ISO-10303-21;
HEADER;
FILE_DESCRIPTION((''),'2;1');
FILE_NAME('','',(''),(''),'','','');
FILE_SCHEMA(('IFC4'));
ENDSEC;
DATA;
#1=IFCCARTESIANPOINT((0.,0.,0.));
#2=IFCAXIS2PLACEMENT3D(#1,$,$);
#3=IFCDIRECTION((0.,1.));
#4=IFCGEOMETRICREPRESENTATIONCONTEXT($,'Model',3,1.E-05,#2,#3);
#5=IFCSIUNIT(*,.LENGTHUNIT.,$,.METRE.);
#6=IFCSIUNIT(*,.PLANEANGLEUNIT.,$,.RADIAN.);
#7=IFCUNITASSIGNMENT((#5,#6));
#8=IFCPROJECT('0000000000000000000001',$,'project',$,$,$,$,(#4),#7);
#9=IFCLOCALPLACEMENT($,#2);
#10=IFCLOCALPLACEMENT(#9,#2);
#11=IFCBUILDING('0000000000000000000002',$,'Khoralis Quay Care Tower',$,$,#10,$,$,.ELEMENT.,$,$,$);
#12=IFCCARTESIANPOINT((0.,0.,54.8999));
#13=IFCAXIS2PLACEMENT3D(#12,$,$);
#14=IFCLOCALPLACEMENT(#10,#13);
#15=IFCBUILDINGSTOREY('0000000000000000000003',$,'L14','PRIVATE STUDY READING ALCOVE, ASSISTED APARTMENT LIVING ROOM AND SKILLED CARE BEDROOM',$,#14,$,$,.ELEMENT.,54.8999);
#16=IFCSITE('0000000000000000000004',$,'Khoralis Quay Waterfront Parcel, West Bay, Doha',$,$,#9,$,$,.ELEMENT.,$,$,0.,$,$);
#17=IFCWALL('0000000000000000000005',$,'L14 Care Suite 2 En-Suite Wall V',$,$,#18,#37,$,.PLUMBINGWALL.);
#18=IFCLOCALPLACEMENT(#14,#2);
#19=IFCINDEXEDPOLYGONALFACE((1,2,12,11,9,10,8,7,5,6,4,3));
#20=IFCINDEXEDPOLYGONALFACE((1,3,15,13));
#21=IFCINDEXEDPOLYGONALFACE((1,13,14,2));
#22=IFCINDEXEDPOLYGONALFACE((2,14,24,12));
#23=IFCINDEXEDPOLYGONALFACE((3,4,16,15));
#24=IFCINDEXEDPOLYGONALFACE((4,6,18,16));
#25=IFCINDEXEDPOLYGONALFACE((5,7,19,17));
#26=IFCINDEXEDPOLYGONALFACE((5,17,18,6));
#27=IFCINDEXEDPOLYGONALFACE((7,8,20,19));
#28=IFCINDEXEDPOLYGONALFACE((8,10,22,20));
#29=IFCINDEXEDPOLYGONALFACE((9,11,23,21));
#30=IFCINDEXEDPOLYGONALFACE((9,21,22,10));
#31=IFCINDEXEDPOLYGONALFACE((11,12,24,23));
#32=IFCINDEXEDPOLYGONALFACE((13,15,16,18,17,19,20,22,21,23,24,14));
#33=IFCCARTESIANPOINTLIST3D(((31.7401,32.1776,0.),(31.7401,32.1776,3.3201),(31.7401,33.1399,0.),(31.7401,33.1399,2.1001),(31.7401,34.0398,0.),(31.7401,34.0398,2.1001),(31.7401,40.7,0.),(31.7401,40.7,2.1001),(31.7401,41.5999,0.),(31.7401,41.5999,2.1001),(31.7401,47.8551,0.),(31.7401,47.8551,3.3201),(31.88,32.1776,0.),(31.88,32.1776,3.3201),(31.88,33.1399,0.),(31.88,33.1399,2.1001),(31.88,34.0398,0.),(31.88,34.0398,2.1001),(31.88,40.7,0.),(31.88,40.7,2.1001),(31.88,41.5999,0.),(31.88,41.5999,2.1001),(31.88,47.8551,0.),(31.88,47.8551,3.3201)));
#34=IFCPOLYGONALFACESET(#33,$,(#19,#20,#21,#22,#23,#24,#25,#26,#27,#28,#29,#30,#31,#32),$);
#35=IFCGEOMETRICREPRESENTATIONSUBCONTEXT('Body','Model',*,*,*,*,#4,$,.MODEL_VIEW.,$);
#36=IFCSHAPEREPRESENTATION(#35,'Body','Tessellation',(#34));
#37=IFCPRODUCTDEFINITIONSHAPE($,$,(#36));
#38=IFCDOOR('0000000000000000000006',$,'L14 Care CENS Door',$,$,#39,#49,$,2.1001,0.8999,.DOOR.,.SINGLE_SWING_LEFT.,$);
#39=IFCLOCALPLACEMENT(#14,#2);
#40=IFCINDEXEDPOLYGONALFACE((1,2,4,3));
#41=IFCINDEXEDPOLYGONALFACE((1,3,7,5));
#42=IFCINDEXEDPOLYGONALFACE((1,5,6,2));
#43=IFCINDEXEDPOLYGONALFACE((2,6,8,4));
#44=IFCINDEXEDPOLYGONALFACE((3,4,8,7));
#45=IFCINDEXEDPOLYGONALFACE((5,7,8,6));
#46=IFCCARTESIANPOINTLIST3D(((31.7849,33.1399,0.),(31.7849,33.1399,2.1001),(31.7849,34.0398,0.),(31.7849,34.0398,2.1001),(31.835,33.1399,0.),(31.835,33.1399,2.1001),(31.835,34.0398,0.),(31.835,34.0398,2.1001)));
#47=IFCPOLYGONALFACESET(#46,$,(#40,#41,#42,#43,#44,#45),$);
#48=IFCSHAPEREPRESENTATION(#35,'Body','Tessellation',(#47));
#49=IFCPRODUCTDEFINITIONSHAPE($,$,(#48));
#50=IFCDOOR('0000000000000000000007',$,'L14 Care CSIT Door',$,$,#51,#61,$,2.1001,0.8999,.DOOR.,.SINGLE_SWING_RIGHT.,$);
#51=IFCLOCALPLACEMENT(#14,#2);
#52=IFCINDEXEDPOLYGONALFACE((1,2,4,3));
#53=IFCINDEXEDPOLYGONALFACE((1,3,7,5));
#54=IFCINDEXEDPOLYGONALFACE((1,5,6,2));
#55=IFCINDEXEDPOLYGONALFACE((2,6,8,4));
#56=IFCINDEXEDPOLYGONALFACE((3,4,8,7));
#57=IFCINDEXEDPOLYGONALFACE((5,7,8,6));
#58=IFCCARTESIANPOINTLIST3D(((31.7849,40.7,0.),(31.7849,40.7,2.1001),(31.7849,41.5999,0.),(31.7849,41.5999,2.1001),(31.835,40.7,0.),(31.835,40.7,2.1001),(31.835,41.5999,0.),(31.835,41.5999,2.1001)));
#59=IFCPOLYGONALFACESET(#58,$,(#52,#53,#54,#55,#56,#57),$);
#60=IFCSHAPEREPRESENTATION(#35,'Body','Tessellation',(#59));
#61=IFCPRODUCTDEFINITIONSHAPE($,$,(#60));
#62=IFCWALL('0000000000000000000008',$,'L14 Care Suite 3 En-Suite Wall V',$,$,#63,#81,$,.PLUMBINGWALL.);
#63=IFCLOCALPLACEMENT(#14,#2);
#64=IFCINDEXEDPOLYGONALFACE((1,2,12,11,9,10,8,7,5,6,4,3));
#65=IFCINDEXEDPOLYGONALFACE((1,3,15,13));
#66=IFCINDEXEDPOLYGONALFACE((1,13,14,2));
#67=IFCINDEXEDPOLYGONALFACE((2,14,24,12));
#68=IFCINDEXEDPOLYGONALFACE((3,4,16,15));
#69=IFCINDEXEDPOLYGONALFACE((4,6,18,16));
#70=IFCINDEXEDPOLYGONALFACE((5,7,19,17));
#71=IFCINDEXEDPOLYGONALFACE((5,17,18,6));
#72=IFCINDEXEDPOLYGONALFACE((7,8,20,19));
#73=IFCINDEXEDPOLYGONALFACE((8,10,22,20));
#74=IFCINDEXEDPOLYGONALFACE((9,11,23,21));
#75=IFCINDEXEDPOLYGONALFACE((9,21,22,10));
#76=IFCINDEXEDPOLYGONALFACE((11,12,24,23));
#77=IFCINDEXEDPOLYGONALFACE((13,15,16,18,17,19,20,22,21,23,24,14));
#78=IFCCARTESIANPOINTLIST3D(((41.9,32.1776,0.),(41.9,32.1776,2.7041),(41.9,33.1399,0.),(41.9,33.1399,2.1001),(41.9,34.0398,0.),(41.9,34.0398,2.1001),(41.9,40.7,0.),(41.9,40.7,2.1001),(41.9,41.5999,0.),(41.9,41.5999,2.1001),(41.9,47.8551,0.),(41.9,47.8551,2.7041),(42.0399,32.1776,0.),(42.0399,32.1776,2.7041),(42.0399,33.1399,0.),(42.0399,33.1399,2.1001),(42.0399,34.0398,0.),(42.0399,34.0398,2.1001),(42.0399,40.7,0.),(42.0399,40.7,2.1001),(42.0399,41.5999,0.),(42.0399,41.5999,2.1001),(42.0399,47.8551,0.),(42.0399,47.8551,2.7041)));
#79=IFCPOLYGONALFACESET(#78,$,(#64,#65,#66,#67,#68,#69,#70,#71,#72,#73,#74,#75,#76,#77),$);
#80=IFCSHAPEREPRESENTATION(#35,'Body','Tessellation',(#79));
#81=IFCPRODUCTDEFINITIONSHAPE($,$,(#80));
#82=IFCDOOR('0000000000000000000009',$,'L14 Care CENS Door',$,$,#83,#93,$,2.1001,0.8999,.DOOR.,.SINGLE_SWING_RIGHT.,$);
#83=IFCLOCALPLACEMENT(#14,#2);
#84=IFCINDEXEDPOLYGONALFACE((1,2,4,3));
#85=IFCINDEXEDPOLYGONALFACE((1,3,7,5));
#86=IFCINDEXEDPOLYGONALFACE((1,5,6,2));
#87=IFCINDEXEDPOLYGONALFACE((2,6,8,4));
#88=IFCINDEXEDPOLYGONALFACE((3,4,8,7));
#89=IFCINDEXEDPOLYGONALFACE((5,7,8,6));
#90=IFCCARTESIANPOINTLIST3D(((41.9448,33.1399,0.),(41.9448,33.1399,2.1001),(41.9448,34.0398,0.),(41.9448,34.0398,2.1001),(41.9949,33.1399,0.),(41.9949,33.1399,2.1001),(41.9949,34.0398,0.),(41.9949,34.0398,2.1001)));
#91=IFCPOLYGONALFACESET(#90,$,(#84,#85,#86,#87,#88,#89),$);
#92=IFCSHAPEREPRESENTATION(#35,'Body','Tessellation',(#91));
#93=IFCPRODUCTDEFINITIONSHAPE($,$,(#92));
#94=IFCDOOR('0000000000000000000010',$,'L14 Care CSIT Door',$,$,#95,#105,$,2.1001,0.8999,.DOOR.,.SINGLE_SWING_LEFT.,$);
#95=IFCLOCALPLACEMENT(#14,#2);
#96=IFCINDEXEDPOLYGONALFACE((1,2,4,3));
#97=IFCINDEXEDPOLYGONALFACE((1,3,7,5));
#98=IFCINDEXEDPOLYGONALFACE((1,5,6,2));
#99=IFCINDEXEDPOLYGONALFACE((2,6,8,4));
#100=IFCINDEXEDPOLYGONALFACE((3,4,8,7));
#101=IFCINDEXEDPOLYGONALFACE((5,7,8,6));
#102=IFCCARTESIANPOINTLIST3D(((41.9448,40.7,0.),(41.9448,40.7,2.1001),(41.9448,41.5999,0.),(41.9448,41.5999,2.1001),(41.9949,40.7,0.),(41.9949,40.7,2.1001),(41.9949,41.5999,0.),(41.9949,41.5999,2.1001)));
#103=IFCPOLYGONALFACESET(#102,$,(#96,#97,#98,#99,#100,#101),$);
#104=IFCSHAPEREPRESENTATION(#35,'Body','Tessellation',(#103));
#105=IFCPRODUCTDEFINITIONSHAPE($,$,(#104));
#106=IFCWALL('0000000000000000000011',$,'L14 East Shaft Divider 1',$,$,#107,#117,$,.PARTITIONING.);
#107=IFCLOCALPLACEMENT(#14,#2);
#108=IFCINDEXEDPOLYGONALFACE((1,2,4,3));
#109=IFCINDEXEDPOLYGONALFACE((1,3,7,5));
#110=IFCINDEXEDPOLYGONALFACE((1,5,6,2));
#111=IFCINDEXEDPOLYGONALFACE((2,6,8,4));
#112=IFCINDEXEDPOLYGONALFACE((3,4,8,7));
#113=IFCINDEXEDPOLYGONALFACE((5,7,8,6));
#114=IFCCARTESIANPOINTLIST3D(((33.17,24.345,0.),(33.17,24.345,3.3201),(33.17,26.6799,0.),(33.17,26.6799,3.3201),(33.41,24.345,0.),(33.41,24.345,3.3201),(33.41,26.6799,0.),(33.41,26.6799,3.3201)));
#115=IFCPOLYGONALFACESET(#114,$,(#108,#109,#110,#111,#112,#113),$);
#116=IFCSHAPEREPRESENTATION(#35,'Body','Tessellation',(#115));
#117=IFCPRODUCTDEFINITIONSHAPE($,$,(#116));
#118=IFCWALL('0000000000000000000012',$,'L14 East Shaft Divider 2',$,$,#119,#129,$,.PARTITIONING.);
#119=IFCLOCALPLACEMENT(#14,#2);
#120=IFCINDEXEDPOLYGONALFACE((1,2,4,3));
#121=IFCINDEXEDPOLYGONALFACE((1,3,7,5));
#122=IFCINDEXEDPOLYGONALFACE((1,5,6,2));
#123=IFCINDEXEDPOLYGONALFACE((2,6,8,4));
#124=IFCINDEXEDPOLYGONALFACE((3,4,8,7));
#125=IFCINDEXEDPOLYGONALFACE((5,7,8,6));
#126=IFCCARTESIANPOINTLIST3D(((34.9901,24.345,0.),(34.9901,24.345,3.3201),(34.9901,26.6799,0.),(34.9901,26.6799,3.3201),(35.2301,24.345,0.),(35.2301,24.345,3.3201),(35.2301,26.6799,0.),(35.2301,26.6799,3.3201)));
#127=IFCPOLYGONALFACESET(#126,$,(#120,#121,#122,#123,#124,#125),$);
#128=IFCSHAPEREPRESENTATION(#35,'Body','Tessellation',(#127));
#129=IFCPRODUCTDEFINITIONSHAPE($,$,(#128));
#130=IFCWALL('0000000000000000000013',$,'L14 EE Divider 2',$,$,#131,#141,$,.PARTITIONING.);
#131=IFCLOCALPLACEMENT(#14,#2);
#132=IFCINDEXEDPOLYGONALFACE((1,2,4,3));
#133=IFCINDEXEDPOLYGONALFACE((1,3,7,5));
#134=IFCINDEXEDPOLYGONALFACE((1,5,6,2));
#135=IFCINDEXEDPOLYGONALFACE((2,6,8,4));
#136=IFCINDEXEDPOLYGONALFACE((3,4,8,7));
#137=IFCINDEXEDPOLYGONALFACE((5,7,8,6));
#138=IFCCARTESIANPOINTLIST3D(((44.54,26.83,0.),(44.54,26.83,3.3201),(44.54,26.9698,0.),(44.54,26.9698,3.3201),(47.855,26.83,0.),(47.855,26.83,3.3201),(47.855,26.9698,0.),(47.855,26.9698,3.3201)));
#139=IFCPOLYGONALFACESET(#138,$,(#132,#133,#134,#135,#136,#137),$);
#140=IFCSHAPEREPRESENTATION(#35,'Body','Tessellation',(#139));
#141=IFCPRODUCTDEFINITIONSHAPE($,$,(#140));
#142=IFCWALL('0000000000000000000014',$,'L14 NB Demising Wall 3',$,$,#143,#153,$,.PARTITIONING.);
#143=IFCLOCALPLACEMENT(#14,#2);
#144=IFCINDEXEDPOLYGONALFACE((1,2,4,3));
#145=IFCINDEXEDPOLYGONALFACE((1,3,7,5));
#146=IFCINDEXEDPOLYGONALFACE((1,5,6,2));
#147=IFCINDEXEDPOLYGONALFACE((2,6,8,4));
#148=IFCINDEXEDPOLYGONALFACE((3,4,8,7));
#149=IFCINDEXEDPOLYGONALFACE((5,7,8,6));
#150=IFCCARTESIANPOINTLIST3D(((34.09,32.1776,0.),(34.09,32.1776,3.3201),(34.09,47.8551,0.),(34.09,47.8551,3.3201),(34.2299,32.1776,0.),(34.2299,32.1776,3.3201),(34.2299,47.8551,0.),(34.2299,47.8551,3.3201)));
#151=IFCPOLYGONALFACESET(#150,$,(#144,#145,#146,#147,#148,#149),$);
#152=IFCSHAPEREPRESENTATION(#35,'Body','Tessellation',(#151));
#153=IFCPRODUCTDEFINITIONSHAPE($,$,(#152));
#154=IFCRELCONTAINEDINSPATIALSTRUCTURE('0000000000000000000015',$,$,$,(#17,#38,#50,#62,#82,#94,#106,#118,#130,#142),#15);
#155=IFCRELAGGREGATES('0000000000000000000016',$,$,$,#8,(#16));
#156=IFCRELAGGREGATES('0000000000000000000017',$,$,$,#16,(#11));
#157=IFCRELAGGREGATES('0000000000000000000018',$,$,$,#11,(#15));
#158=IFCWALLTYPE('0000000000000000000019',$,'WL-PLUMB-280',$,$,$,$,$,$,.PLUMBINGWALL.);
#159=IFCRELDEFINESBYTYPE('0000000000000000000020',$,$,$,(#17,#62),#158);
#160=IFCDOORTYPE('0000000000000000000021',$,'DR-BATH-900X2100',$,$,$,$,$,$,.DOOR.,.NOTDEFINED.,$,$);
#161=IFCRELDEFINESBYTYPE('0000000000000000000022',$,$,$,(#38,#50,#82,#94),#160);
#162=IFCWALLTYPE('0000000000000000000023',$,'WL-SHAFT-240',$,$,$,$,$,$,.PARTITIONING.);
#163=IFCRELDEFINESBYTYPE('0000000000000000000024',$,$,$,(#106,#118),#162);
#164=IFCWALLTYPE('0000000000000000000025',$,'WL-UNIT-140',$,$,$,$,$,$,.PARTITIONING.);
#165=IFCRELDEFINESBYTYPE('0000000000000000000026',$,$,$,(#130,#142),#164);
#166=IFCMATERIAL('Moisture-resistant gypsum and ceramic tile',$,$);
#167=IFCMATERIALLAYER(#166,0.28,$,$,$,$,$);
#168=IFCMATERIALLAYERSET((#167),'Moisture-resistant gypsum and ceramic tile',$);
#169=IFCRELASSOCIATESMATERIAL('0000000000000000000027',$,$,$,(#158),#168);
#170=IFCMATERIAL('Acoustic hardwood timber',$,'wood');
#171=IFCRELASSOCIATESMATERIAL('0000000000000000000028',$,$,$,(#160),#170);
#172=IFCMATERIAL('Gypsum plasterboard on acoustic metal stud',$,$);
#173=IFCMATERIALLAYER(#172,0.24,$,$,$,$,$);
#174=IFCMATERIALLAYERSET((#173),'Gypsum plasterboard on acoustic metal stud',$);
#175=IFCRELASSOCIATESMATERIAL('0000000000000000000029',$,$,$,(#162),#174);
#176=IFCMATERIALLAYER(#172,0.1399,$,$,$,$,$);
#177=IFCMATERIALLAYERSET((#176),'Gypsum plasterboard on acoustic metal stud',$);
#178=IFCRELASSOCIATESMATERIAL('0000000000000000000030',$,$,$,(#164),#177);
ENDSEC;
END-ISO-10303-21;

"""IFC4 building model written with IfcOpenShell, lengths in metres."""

from ifc_helpers import new_model, si_unit, direction, frame, frame_2d, origin, place, context, subcontext, project, spatial, rectangle, extrude, source, transform, mapped, material, layer, layer_set, type_object, element, fill, save


model = new_model("IFC4")

# Units and contexts
model_context = context("Model", 3, precision=1e-05, world=origin(), true_north=direction((0.0, 1.0)))
body_context = subcontext(model_context, "Body", "Model", "MODEL_VIEW")
ifc_project = project(units=[si_unit("LENGTHUNIT", "METRE"), si_unit("PLANEANGLEUNIT", "RADIAN")], contexts=[model_context])

# Site, building, storey
site_placement = place(None, origin())
site = spatial("IfcSite", under=ifc_project, at=site_placement, Name="Khoralis Quay Waterfront Parcel, West Bay, Doha", CompositionType="ELEMENT", RefElevation=0.0)
building_placement = place(site_placement, origin())
building = spatial("IfcBuilding", under=site, at=building_placement, Name="Khoralis Quay Care Tower", CompositionType="ELEMENT")
storey_placement = place(building_placement, frame((0.0, 0.0, 54.8999)))
storey = spatial("IfcBuildingStorey", under=building, at=storey_placement, Name="L14", Description="PRIVATE STUDY READING ALCOVE, ASSISTED APARTMENT LIVING ROOM AND SKILLED CARE BEDROOM", CompositionType="ELEMENT", Elevation=54.8999)

# Shared definitions
ifc_material_1 = material(Name="Gypsum plasterboard on acoustic metal stud")

# Walls, openings, doors
ifc_material_2 = material(Name="Moisture-resistant gypsum and ceramic tile")
ifc_layer_1 = layer(ifc_material_2, 0.28)
ifc_layer_set_1 = layer_set([ifc_layer_1], Name="Moisture-resistant gypsum and ceramic tile")
wall_type_1 = type_object("IfcWallType", Name="WL-PLUMB-280", PredefinedType="PLUMBINGWALL", material=ifc_layer_set_1)
wall_1_placement = place(storey_placement, frame((31.8101, 32.1775, 0.0), z_axis=(0.0, 0.0, 1.0), x_axis=(0.0, 1.0, 0.0)))
wall_1 = element("IfcWall", 1, at=wall_1_placement, inside=storey, type_object=wall_type_1, Name="L14 Care Suite 2 En-Suite Wall V", PredefinedType="PLUMBINGWALL", context=body_context, shape_type="SweptSolid", body=[
    extrude(rectangle(XDim=15.6775, YDim=0.1399, at=frame_2d((7.8389, 0.0))), origin(), (0.0, 0.0, 1.0), 3.3201),
])
opening_1_placement = place(wall_1_placement, frame((0.9624, 0.0, 0.0)))
opening_1 = element("IfcOpeningElement", 2, at=opening_1_placement, cuts=wall_1, PredefinedType="OPENING", context=body_context, shape_type="SweptSolid", body=[
    extrude(rectangle(XDim=0.8999, YDim=2.1001, at=frame_2d((0.45, 1.05))), frame((0.0, 0.0801, 0.0), z_axis=(0.0, -1.0, 0.0), x_axis=(1.0, 0.0, 0.0)), (0.0, 0.0, 1.0), 0.1599),
])
opening_2_placement = place(wall_1_placement, frame((8.5225, 0.0, 0.0)))
opening_2 = element("IfcOpeningElement", 3, at=opening_2_placement, cuts=wall_1, PredefinedType="OPENING", context=body_context, shape_type="SweptSolid", body=[
    extrude(rectangle(XDim=0.8999, YDim=2.1001, at=frame_2d((0.45, 1.05))), frame((0.0, 0.0801, 0.0), z_axis=(0.0, -1.0, 0.0), x_axis=(1.0, 0.0, 0.0)), (0.0, 0.0, 1.0), 0.1599),
])
ifc_material_3 = material(Name="Acoustic hardwood timber", Category="wood")
door_type = type_object("IfcDoorType", Name="DR-BATH-900X2100", OperationType="NOTDEFINED", PredefinedType="DOOR", material=ifc_material_3)
shared_shape_1 = source(origin(), body_context, "Body", "SweptSolid", [
    extrude(rectangle(XDim=0.8999, YDim=2.1001, at=frame_2d((0.45, 1.05))), frame((0.0, 0.0249, 0.0), z_axis=(0.0, -1.0, 0.0), x_axis=(1.0, 0.0, 0.0)), (0.0, 0.0, 1.0), 0.05),
])
door_1_placement = place(opening_1_placement, frame((0.8999, 0.0, 0.0), z_axis=(0.0, 0.0, 1.0), x_axis=(-1.0, 0.0, 0.0)))
door_1 = element("IfcDoor", 4, at=door_1_placement, inside=storey, type_object=door_type, Name="L14 Care CENS Door", OperationType="SINGLE_SWING_LEFT", OverallHeight=2.1001, OverallWidth=0.8999, PredefinedType="DOOR", context=body_context, shape_type="MappedRepresentation", body=[
    mapped(shared_shape_1, transform((0.0, 0.0, 0.0), scale=1.0)),
])
fill(opening_1, door_1)
door_2_placement = place(opening_2_placement, frame((0.8999, 0.0, 0.0), z_axis=(0.0, 0.0, 1.0), x_axis=(-1.0, 0.0, 0.0)))
door_2 = element("IfcDoor", 5, at=door_2_placement, inside=storey, type_object=door_type, Name="L14 Care CSIT Door", OperationType="SINGLE_SWING_RIGHT", OverallHeight=2.1001, OverallWidth=0.8999, PredefinedType="DOOR", context=body_context, shape_type="MappedRepresentation", body=[
    mapped(shared_shape_1, transform((0.0, 0.0, 0.0), scale=1.0)),
])
fill(opening_2, door_2)
wall_2_placement = place(storey_placement, frame((41.97, 32.1775, 0.0), z_axis=(0.0, 0.0, 1.0), x_axis=(0.0, 1.0, 0.0)))
wall_2 = element("IfcWall", 6, at=wall_2_placement, inside=storey, type_object=wall_type_1, Name="L14 Care Suite 3 En-Suite Wall V", PredefinedType="PLUMBINGWALL", context=body_context, shape_type="SweptSolid", body=[
    extrude(rectangle(XDim=15.6775, YDim=0.1399, at=frame_2d((7.8389, 0.0))), origin(), (0.0, 0.0, 1.0), 2.7041),
])
opening_3_placement = place(wall_2_placement, frame((0.9624, 0.0, 0.0)))
opening_3 = element("IfcOpeningElement", 7, at=opening_3_placement, cuts=wall_2, PredefinedType="OPENING", context=body_context, shape_type="SweptSolid", body=[
    extrude(rectangle(XDim=0.8999, YDim=2.1001, at=frame_2d((0.45, 1.05))), frame((0.0, 0.0801, 0.0), z_axis=(0.0, -1.0, 0.0), x_axis=(1.0, 0.0, 0.0)), (0.0, 0.0, 1.0), 0.1599),
])
opening_4_placement = place(wall_2_placement, frame((8.5225, 0.0, 0.0)))
opening_4 = element("IfcOpeningElement", 8, at=opening_4_placement, cuts=wall_2, PredefinedType="OPENING", context=body_context, shape_type="SweptSolid", body=[
    extrude(rectangle(XDim=0.8999, YDim=2.1001, at=frame_2d((0.45, 1.05))), frame((0.0, 0.0801, 0.0), z_axis=(0.0, -1.0, 0.0), x_axis=(1.0, 0.0, 0.0)), (0.0, 0.0, 1.0), 0.1599),
])
door_3_placement = place(opening_3_placement, frame((0.8999, 0.0, 0.0), z_axis=(0.0, 0.0, 1.0), x_axis=(-1.0, 0.0, 0.0)))
door_3 = element("IfcDoor", 9, at=door_3_placement, inside=storey, type_object=door_type, Name="L14 Care CENS Door", OperationType="SINGLE_SWING_RIGHT", OverallHeight=2.1001, OverallWidth=0.8999, PredefinedType="DOOR", context=body_context, shape_type="MappedRepresentation", body=[
    mapped(shared_shape_1, transform((0.0, 0.0, 0.0), scale=1.0)),
])
fill(opening_3, door_3)
door_4_placement = place(opening_4_placement, frame((0.8999, 0.0, 0.0), z_axis=(0.0, 0.0, 1.0), x_axis=(-1.0, 0.0, 0.0)))
door_4 = element("IfcDoor", 10, at=door_4_placement, inside=storey, type_object=door_type, Name="L14 Care CSIT Door", OperationType="SINGLE_SWING_LEFT", OverallHeight=2.1001, OverallWidth=0.8999, PredefinedType="DOOR", context=body_context, shape_type="MappedRepresentation", body=[
    mapped(shared_shape_1, transform((0.0, 0.0, 0.0), scale=1.0)),
])
fill(opening_4, door_4)

# Walls
ifc_layer_2 = layer(ifc_material_1, 0.24)
ifc_layer_set_2 = layer_set([ifc_layer_2], Name="Gypsum plasterboard on acoustic metal stud")
wall_type_2 = type_object("IfcWallType", Name="WL-SHAFT-240", PredefinedType="PARTITIONING", material=ifc_layer_set_2)
for number, where, z_axis, x_axis, name in (
    (11, (33.29, 24.345, 0.0), (0.0, 0.0, 1.0), (0.0, 1.0, 0.0), "L14 East Shaft Divider 1"),
    (12, (35.1101, 24.345, 0.0), (0.0, 0.0, 1.0), (0.0, 1.0, 0.0), "L14 East Shaft Divider 2"),
):
    element("IfcWall", number, at=place(storey_placement, frame(where, z_axis=z_axis, x_axis=x_axis)), inside=storey, type_object=wall_type_2, Name=name, PredefinedType="PARTITIONING", context=body_context, shape_type="SweptSolid", body=[
        extrude(rectangle(XDim=2.335, YDim=0.24, at=frame_2d((1.1675, 0.0))), origin(), (0.0, 0.0, 1.0), 3.3201),
    ])
ifc_layer_3 = layer(ifc_material_1, 0.1399)
ifc_layer_set_3 = layer_set([ifc_layer_3], Name="Gypsum plasterboard on acoustic metal stud")
wall_type_3 = type_object("IfcWallType", Name="WL-UNIT-140", PredefinedType="PARTITIONING", material=ifc_layer_set_3)
wall_3_placement = place(storey_placement, frame((44.54, 26.8999, 0.0), z_axis=(0.0, 0.0, 1.0), x_axis=(1.0, 0.0, 0.0)))
element("IfcWall", 13, at=wall_3_placement, inside=storey, type_object=wall_type_3, Name="L14 EE Divider 2", PredefinedType="PARTITIONING", context=body_context, shape_type="SweptSolid", body=[
    extrude(rectangle(XDim=3.3149, YDim=0.1399, at=frame_2d((1.6575, 0.0))), origin(), (0.0, 0.0, 1.0), 3.3201),
])
wall_4_placement = place(storey_placement, frame((34.1599, 32.1775, 0.0), z_axis=(0.0, 0.0, 1.0), x_axis=(0.0, 1.0, 0.0)))
element("IfcWall", 14, at=wall_4_placement, inside=storey, type_object=wall_type_3, Name="L14 NB Demising Wall 3", PredefinedType="PARTITIONING", context=body_context, shape_type="SweptSolid", body=[
    extrude(rectangle(XDim=15.6775, YDim=0.1399, at=frame_2d((7.8389, 0.0))), origin(), (0.0, 0.0, 1.0), 3.3201),
])

save(model, "model.ifc")
